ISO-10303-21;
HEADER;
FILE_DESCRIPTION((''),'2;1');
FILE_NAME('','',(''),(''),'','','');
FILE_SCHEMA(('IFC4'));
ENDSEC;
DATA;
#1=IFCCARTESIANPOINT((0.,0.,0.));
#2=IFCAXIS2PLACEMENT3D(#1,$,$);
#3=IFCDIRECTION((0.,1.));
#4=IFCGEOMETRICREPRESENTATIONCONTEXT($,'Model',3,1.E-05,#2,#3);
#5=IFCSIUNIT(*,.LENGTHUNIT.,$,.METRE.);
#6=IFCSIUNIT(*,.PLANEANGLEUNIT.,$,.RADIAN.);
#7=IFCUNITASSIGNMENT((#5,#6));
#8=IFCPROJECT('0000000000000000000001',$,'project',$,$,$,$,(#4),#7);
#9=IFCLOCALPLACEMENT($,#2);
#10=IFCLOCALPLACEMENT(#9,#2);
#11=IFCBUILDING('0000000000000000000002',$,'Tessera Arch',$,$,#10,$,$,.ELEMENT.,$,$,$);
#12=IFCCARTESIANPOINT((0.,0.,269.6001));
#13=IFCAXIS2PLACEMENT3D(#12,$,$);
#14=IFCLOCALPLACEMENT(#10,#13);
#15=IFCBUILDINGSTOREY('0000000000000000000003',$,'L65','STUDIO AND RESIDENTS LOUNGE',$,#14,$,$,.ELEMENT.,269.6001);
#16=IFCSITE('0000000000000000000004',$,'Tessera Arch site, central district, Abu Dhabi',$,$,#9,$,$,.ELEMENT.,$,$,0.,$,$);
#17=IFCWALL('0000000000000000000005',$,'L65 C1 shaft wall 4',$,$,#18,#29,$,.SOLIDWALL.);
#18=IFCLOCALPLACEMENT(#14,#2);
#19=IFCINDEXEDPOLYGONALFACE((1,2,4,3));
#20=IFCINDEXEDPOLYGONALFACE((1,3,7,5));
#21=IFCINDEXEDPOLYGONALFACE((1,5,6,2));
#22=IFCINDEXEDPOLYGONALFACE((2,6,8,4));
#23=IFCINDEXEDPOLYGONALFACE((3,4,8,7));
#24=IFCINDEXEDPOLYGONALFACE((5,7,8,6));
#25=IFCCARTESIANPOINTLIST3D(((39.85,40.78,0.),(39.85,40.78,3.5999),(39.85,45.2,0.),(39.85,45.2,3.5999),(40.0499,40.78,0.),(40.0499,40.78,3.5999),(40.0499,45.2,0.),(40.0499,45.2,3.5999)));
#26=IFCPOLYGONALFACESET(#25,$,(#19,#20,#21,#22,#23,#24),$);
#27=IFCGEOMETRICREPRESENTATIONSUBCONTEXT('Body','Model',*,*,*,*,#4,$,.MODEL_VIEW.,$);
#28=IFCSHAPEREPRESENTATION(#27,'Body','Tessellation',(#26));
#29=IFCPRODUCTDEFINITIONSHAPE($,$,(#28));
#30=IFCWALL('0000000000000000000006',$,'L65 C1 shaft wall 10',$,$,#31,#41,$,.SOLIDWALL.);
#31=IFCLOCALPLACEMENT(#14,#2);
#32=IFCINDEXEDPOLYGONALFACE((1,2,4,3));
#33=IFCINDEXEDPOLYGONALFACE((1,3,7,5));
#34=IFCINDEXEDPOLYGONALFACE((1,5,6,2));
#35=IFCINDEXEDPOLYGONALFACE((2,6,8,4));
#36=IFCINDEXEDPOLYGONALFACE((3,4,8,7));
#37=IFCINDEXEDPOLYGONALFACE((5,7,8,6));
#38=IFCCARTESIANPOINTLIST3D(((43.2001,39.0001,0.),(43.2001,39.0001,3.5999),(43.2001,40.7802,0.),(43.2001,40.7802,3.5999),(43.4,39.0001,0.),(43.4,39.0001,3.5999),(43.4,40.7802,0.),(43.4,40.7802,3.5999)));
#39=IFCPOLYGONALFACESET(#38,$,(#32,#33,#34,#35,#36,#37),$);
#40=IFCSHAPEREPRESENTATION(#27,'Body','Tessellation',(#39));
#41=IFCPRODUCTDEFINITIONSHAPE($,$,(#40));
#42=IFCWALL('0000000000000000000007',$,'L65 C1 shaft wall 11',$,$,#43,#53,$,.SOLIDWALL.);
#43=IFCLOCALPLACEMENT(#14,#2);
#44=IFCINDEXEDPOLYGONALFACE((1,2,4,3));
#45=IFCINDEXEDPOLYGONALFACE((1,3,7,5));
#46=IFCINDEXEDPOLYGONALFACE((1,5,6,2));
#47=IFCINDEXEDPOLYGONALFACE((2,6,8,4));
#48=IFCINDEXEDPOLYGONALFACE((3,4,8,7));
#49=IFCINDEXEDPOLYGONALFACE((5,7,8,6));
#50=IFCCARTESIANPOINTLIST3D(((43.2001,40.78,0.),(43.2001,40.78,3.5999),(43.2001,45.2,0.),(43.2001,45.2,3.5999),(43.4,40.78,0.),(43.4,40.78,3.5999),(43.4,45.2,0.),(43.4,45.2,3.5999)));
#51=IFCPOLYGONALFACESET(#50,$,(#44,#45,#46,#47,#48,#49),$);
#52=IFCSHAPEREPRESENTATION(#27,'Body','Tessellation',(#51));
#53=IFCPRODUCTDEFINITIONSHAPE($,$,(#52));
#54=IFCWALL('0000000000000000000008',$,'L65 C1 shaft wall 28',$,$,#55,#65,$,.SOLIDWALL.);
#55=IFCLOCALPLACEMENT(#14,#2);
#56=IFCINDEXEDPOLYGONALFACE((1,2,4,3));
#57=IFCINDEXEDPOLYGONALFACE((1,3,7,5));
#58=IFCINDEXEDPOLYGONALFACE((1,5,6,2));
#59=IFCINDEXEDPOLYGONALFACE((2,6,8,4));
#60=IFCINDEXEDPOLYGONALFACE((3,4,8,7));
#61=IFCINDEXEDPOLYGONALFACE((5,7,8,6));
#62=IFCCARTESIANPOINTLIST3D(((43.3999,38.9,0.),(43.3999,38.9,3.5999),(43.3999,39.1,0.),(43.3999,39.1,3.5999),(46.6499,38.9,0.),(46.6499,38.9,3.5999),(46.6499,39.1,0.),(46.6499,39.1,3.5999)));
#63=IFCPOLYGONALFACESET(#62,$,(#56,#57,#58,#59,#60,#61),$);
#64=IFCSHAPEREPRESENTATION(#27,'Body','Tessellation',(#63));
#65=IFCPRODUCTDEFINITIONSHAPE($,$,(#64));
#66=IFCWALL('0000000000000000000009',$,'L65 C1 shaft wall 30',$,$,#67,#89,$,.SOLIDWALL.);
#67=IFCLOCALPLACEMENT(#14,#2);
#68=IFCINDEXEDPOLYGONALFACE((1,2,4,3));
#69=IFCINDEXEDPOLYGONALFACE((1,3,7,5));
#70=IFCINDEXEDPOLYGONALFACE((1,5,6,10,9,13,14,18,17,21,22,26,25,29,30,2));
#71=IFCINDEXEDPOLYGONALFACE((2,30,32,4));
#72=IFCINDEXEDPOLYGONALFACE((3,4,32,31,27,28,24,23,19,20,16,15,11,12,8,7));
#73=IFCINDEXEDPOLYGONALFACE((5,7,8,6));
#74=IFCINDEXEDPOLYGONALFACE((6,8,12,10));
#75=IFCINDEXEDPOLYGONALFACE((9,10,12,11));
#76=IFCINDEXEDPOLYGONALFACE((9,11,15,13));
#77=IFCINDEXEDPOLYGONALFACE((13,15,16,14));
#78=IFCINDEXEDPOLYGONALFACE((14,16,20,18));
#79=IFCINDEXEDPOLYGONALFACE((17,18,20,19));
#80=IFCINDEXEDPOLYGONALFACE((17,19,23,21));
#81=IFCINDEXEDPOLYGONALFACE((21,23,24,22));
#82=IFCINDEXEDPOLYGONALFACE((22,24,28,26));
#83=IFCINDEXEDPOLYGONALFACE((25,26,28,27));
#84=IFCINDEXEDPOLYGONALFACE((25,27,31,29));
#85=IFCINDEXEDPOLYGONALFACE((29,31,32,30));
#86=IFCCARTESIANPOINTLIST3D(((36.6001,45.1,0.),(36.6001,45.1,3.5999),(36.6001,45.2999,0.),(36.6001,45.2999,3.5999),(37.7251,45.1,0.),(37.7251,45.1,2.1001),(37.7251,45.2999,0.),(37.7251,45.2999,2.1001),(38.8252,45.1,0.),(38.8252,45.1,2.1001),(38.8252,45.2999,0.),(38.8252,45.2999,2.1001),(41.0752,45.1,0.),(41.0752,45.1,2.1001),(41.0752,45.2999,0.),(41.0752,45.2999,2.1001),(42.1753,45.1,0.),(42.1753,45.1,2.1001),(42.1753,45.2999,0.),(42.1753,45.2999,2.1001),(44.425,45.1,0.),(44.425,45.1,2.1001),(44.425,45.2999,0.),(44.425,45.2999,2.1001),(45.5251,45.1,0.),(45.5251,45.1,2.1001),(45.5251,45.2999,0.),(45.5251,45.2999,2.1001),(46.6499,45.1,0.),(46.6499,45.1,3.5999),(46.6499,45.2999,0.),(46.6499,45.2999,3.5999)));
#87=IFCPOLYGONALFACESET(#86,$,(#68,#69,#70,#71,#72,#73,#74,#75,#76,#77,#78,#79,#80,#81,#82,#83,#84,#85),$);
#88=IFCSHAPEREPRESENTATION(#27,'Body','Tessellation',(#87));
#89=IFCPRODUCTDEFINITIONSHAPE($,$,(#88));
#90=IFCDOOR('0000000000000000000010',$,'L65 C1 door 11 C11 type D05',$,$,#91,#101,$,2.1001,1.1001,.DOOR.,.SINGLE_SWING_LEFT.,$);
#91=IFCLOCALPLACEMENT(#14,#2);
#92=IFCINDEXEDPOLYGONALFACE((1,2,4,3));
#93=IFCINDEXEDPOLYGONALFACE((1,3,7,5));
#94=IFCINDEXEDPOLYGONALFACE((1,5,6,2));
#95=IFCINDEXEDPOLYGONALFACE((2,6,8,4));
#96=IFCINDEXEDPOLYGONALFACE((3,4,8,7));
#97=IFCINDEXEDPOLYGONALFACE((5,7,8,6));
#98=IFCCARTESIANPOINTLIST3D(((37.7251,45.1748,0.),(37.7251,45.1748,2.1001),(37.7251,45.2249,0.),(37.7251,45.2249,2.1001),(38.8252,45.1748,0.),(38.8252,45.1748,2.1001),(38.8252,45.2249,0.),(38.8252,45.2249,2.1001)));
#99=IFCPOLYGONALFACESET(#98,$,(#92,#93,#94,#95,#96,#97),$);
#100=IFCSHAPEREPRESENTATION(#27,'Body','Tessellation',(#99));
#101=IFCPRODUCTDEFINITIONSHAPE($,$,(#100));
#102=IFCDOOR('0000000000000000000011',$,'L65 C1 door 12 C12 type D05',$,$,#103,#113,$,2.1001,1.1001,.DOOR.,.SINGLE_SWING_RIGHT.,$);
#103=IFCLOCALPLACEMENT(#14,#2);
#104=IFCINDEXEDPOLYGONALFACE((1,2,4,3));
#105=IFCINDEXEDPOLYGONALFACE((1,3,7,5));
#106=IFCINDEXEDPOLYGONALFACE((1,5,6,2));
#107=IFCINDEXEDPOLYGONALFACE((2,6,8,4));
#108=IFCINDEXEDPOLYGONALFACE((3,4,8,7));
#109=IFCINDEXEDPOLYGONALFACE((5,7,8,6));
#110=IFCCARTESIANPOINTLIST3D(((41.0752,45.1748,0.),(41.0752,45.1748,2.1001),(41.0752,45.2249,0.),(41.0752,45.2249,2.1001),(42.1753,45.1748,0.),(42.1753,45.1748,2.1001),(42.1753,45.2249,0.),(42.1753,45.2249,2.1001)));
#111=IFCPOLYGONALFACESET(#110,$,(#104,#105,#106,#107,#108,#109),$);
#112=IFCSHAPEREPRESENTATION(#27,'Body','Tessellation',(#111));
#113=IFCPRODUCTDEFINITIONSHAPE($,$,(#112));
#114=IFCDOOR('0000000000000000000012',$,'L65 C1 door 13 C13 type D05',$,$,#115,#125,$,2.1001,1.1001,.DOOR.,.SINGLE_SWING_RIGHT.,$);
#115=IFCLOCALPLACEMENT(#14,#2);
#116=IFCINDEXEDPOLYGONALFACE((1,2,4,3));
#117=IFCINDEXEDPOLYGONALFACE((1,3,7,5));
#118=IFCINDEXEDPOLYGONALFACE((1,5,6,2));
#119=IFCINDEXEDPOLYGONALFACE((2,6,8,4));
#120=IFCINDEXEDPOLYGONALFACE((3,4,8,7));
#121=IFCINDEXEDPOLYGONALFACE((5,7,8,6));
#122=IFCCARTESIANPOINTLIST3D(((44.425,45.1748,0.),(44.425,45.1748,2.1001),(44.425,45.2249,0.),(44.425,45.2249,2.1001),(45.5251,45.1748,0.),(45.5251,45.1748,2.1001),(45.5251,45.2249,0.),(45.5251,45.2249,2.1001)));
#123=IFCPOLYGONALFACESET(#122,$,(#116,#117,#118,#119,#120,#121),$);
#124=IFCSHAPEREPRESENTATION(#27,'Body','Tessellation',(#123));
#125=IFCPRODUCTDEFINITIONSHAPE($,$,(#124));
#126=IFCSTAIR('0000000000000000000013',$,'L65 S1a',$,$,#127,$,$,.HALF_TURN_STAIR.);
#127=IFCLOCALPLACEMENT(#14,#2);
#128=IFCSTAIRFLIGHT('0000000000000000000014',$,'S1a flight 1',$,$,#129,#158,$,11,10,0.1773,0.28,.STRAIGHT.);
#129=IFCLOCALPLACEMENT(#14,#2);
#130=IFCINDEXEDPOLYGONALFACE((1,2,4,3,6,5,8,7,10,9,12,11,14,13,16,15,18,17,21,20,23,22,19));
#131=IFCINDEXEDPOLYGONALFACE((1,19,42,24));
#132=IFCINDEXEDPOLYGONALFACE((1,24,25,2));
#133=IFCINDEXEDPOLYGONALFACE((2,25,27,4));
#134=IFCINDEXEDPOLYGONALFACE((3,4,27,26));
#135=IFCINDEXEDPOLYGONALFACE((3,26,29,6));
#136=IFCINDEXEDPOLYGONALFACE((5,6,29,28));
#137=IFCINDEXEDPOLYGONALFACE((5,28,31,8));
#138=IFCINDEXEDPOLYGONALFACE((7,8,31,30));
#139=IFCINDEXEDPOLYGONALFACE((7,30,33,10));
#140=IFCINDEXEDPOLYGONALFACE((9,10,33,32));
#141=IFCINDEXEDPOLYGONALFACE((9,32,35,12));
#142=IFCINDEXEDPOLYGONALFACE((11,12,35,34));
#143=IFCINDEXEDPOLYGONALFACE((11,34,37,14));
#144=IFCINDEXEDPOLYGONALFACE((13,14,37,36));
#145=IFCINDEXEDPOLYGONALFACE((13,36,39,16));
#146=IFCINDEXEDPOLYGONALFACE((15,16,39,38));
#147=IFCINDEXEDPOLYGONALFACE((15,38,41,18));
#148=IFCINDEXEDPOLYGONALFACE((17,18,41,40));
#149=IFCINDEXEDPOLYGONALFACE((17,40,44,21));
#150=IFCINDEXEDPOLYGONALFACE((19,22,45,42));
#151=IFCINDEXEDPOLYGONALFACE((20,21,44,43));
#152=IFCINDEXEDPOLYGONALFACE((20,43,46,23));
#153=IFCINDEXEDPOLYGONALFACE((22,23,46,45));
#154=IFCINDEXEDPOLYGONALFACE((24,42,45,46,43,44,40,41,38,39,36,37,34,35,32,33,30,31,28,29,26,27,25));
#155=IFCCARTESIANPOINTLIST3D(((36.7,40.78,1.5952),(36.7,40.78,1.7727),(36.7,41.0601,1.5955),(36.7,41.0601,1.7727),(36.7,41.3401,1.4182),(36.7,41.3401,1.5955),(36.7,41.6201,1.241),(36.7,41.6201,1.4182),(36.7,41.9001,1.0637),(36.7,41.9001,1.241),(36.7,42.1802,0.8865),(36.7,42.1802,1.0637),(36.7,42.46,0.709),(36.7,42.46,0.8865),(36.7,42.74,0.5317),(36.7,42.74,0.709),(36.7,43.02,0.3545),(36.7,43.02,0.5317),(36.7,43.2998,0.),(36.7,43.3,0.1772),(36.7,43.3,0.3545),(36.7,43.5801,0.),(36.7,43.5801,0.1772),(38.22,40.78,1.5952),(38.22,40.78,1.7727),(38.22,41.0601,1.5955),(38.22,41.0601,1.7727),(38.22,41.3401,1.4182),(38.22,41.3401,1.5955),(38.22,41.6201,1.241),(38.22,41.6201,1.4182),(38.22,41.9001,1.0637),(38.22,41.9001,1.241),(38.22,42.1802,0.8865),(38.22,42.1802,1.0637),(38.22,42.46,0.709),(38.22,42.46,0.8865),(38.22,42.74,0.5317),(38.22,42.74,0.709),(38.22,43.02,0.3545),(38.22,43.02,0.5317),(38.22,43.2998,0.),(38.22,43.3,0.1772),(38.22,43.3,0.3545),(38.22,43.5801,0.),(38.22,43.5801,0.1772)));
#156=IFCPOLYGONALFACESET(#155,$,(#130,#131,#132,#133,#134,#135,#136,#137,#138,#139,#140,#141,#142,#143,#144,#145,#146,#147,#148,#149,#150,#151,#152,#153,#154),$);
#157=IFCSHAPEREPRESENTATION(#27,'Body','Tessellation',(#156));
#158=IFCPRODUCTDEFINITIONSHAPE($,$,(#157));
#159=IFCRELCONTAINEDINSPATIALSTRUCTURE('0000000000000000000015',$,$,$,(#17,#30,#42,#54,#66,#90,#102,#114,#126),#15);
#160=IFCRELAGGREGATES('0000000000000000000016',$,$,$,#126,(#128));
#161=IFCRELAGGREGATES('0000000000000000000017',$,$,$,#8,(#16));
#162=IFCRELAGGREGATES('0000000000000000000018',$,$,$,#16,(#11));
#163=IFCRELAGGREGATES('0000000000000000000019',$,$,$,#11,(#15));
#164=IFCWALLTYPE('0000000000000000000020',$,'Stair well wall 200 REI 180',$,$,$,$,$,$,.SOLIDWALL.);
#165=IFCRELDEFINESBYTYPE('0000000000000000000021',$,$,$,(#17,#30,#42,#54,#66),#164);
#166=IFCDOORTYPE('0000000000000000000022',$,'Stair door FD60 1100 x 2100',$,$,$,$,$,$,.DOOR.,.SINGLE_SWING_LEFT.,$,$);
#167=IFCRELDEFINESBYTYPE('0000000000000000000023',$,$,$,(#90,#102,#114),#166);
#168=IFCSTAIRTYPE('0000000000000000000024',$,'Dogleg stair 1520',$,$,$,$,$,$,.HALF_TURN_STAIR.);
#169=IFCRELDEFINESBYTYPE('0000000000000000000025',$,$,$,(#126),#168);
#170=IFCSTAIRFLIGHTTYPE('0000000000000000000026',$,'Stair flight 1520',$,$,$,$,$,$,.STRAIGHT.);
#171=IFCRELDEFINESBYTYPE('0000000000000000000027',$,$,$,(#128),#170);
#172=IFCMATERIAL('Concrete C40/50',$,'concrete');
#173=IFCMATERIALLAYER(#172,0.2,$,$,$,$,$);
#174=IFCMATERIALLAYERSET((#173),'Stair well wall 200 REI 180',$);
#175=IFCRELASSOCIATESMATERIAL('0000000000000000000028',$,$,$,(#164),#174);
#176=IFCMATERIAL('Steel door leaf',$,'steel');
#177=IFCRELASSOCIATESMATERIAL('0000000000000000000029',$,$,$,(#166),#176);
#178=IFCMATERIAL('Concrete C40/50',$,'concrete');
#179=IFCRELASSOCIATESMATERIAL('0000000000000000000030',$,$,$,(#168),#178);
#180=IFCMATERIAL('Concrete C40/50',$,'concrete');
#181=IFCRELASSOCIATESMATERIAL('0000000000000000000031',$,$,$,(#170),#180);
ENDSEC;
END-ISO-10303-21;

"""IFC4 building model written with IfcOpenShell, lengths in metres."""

from ifc_helpers import new_model, si_unit, direction, frame, frame_2d, origin, place, context, subcontext, project, spatial, polyline, rectangle, outline, extrude, material, layer, layer_set, type_object, element, fill, aggregate, save


model = new_model("IFC4")

# Units and contexts
model_context = context("Model", 3, precision=1e-05, world=origin(), true_north=direction((0.0, 1.0)))
body_context = subcontext(model_context, "Body", "Model", "MODEL_VIEW")
ifc_project = project(units=[si_unit("LENGTHUNIT", "METRE"), si_unit("PLANEANGLEUNIT", "RADIAN")], contexts=[model_context])

# Site, building, storey
site_placement = place(None, origin())
site = spatial("IfcSite", under=ifc_project, at=site_placement, Name="Tessera Arch site, central district, Abu Dhabi", CompositionType="ELEMENT", RefElevation=0.0)
building_placement = place(site_placement, origin())
building = spatial("IfcBuilding", under=site, at=building_placement, Name="Tessera Arch", CompositionType="ELEMENT")
storey_placement = place(building_placement, frame((0.0, 0.0, 269.6001)))
storey = spatial("IfcBuildingStorey", under=building, at=storey_placement, Name="L65", Description="STUDIO AND RESIDENTS LOUNGE", CompositionType="ELEMENT", Elevation=269.6001)

# Walls
ifc_material_1 = material(Name="Concrete C40/50", Category="concrete")
ifc_layer_1 = layer(ifc_material_1, 0.2)
ifc_layer_set_1 = layer_set([ifc_layer_1], Name="Stair well wall 200 REI 180")
wall_type_1 = type_object("IfcWallType", Name="Stair well wall 200 REI 180", PredefinedType="SOLIDWALL", material=ifc_layer_set_1)
wall_1_placement = place(storey_placement, frame((39.95, 40.78, 0.0), z_axis=(0.0, 0.0, 1.0), x_axis=(0.0, 1.0, 0.0)))
element("IfcWall", 1, at=wall_1_placement, inside=storey, type_object=wall_type_1, Name="L65 C1 shaft wall 4", PredefinedType="SOLIDWALL", context=body_context, shape_type="SweptSolid", body=[
    extrude(rectangle(XDim=4.4199, YDim=0.2, at=frame_2d((2.21, 0.0))), origin(), (0.0, 0.0, 1.0), 3.5999),
])
wall_2_placement = place(storey_placement, frame((43.3, 39.0, 0.0), z_axis=(0.0, 0.0, 1.0), x_axis=(0.0, 1.0, 0.0)))
element("IfcWall", 2, at=wall_2_placement, inside=storey, type_object=wall_type_1, Name="L65 C1 shaft wall 10", PredefinedType="SOLIDWALL", context=body_context, shape_type="SweptSolid", body=[
    extrude(rectangle(XDim=1.78, YDim=0.2, at=frame_2d((0.8901, 0.0))), origin(), (0.0, 0.0, 1.0), 3.5999),
])
wall_3_placement = place(storey_placement, frame((43.3, 40.78, 0.0), z_axis=(0.0, 0.0, 1.0), x_axis=(0.0, 1.0, 0.0)))
element("IfcWall", 3, at=wall_3_placement, inside=storey, type_object=wall_type_1, Name="L65 C1 shaft wall 11", PredefinedType="SOLIDWALL", context=body_context, shape_type="SweptSolid", body=[
    extrude(rectangle(XDim=4.4199, YDim=0.2, at=frame_2d((2.21, 0.0))), origin(), (0.0, 0.0, 1.0), 3.5999),
])
wall_4_placement = place(storey_placement, frame((43.3999, 39.0, 0.0), z_axis=(0.0, 0.0, 1.0), x_axis=(1.0, 0.0, 0.0)))
element("IfcWall", 4, at=wall_4_placement, inside=storey, type_object=wall_type_1, Name="L65 C1 shaft wall 28", PredefinedType="SOLIDWALL", context=body_context, shape_type="SweptSolid", body=[
    extrude(rectangle(XDim=3.25, YDim=0.2, at=frame_2d((1.625, 0.0))), origin(), (0.0, 0.0, 1.0), 3.5999),
])

# Wall, openings, doors
wall_5_placement = place(storey_placement, frame((36.6001, 45.2, 0.0), z_axis=(0.0, 0.0, 1.0), x_axis=(1.0, 0.0, 0.0)))
wall_5 = element("IfcWall", 5, at=wall_5_placement, inside=storey, type_object=wall_type_1, Name="L65 C1 shaft wall 30", PredefinedType="SOLIDWALL", context=body_context, shape_type="SweptSolid", body=[
    extrude(rectangle(XDim=10.0498, YDim=0.2, at=frame_2d((5.0249, 0.0))), origin(), (0.0, 0.0, 1.0), 3.5999),
])
opening_1_placement = place(wall_5_placement, frame((1.125, 0.0, 0.0)))
opening_1 = element("IfcOpeningElement", 6, at=opening_1_placement, cuts=wall_5, PredefinedType="OPENING", context=body_context, shape_type="SweptSolid", body=[
    extrude(rectangle(XDim=1.1001, YDim=2.1001, at=frame_2d((0.55, 1.05))), frame((0.0, 0.1099, 0.0), z_axis=(0.0, -1.0, 0.0), x_axis=(1.0, 0.0, 0.0)), (0.0, 0.0, 1.0), 0.22),
])
opening_2_placement = place(wall_5_placement, frame((4.4751, 0.0, 0.0)))
opening_2 = element("IfcOpeningElement", 7, at=opening_2_placement, cuts=wall_5, PredefinedType="OPENING", context=body_context, shape_type="SweptSolid", body=[
    extrude(rectangle(XDim=1.1001, YDim=2.1001, at=frame_2d((0.55, 1.05))), frame((0.0, 0.1099, 0.0), z_axis=(0.0, -1.0, 0.0), x_axis=(1.0, 0.0, 0.0)), (0.0, 0.0, 1.0), 0.22),
])
opening_3_placement = place(wall_5_placement, frame((7.825, 0.0, 0.0)))
opening_3 = element("IfcOpeningElement", 8, at=opening_3_placement, cuts=wall_5, PredefinedType="OPENING", context=body_context, shape_type="SweptSolid", body=[
    extrude(rectangle(XDim=1.1001, YDim=2.1001, at=frame_2d((0.55, 1.05))), frame((0.0, 0.1099, 0.0), z_axis=(0.0, -1.0, 0.0), x_axis=(1.0, 0.0, 0.0)), (0.0, 0.0, 1.0), 0.22),
])
ifc_material_2 = material(Name="Steel door leaf", Category="steel")
door_type_1 = type_object("IfcDoorType", Name="Stair door FD60 1100 x 2100", OperationType="SINGLE_SWING_LEFT", PredefinedType="DOOR", material=ifc_material_2)
door_1_placement = place(opening_1_placement, origin())
door_1 = element("IfcDoor", 9, at=door_1_placement, inside=storey, type_object=door_type_1, Name="L65 C1 door 11 C11 type D05", OperationType="SINGLE_SWING_LEFT", OverallHeight=2.1001, OverallWidth=1.1001, PredefinedType="DOOR", context=body_context, shape_type="SweptSolid", body=[
    extrude(rectangle(XDim=1.1001, YDim=2.1001, at=frame_2d((0.55, 1.05))), frame((0.0, 0.0249, 0.0), z_axis=(0.0, -1.0, 0.0), x_axis=(1.0, 0.0, 0.0)), (0.0, 0.0, 1.0), 0.05),
])
fill(opening_1, door_1)
door_2_placement = place(opening_2_placement, origin())
door_2 = element("IfcDoor", 10, at=door_2_placement, inside=storey, type_object=door_type_1, Name="L65 C1 door 12 C12 type D05", OperationType="SINGLE_SWING_RIGHT", OverallHeight=2.1001, OverallWidth=1.1001, PredefinedType="DOOR", context=body_context, shape_type="SweptSolid", body=[
    extrude(rectangle(XDim=1.1001, YDim=2.1001, at=frame_2d((0.55, 1.05))), frame((0.0, 0.0249, 0.0), z_axis=(0.0, -1.0, 0.0), x_axis=(1.0, 0.0, 0.0)), (0.0, 0.0, 1.0), 0.05),
])
fill(opening_2, door_2)
door_3_placement = place(opening_3_placement, origin())
door_3 = element("IfcDoor", 11, at=door_3_placement, inside=storey, type_object=door_type_1, Name="L65 C1 door 13 C13 type D05", OperationType="SINGLE_SWING_RIGHT", OverallHeight=2.1001, OverallWidth=1.1001, PredefinedType="DOOR", context=body_context, shape_type="SweptSolid", body=[
    extrude(rectangle(XDim=1.1001, YDim=2.1001, at=frame_2d((0.55, 1.05))), frame((0.0, 0.0249, 0.0), z_axis=(0.0, -1.0, 0.0), x_axis=(1.0, 0.0, 0.0)), (0.0, 0.0, 1.0), 0.05),
])
fill(opening_3, door_3)

# Stair, stair flight
ifc_material_3 = material(Name="Concrete C40/50", Category="concrete")
stair_type = type_object("IfcStairType", Name="Dogleg stair 1520", PredefinedType="HALF_TURN_STAIR", material=ifc_material_3)
stair_1_placement = place(storey_placement, origin())
stair_1 = element("IfcStair", 12, at=stair_1_placement, inside=storey, type_object=stair_type, Name="L65 S1a", PredefinedType="HALF_TURN_STAIR")
ifc_material_4 = material(Name="Concrete C40/50", Category="concrete")
stair_flight_type = type_object("IfcStairFlightType", Name="Stair flight 1520", PredefinedType="STRAIGHT", material=ifc_material_4)
stair_flight_1_placement = place(storey_placement, frame((37.46, 43.5801, 0.0), z_axis=(0.0, 0.0, 1.0), x_axis=(0.0, -1.0, 0.0)))
stair_flight_1 = element("IfcStairFlight", 13, at=stair_flight_1_placement, type_object=stair_flight_type, Name="S1a flight 1", NumberOfRisers=11, NumberOfTreads=10, PredefinedType="STRAIGHT", RiserHeight=0.1773, TreadLength=0.28, context=body_context, shape_type="SweptSolid", body=[
    extrude(outline(polyline([(0.0, 0.0), (0.0, 0.1772), (0.28, 0.1772), (0.28, 0.3545), (0.5601, 0.3545), (0.5601, 0.5317), (0.8401, 0.5317), (0.8401, 0.709), (1.1201, 0.709), (1.1201, 0.8865), (1.3999, 0.8865), (1.3999, 1.0637), (1.6799, 1.0637), (1.6799, 1.241), (1.96, 1.241), (1.96, 1.4182), (2.24, 1.4182), (2.24, 1.5955), (2.52, 1.5955), (2.52, 1.7727), (2.8, 1.7727), (2.8, 1.95), (2.8, 1.5952), (0.2803, 0.0), (0.0, 0.0)])), frame((0.0, 0.76, 0.0), z_axis=(0.0, -1.0, 0.0), x_axis=(1.0, 0.0, 0.0)), (0.0, 0.0, 1.0), 1.52),
])
aggregate(stair_1, [stair_flight_1])

save(model, "model.ifc")
